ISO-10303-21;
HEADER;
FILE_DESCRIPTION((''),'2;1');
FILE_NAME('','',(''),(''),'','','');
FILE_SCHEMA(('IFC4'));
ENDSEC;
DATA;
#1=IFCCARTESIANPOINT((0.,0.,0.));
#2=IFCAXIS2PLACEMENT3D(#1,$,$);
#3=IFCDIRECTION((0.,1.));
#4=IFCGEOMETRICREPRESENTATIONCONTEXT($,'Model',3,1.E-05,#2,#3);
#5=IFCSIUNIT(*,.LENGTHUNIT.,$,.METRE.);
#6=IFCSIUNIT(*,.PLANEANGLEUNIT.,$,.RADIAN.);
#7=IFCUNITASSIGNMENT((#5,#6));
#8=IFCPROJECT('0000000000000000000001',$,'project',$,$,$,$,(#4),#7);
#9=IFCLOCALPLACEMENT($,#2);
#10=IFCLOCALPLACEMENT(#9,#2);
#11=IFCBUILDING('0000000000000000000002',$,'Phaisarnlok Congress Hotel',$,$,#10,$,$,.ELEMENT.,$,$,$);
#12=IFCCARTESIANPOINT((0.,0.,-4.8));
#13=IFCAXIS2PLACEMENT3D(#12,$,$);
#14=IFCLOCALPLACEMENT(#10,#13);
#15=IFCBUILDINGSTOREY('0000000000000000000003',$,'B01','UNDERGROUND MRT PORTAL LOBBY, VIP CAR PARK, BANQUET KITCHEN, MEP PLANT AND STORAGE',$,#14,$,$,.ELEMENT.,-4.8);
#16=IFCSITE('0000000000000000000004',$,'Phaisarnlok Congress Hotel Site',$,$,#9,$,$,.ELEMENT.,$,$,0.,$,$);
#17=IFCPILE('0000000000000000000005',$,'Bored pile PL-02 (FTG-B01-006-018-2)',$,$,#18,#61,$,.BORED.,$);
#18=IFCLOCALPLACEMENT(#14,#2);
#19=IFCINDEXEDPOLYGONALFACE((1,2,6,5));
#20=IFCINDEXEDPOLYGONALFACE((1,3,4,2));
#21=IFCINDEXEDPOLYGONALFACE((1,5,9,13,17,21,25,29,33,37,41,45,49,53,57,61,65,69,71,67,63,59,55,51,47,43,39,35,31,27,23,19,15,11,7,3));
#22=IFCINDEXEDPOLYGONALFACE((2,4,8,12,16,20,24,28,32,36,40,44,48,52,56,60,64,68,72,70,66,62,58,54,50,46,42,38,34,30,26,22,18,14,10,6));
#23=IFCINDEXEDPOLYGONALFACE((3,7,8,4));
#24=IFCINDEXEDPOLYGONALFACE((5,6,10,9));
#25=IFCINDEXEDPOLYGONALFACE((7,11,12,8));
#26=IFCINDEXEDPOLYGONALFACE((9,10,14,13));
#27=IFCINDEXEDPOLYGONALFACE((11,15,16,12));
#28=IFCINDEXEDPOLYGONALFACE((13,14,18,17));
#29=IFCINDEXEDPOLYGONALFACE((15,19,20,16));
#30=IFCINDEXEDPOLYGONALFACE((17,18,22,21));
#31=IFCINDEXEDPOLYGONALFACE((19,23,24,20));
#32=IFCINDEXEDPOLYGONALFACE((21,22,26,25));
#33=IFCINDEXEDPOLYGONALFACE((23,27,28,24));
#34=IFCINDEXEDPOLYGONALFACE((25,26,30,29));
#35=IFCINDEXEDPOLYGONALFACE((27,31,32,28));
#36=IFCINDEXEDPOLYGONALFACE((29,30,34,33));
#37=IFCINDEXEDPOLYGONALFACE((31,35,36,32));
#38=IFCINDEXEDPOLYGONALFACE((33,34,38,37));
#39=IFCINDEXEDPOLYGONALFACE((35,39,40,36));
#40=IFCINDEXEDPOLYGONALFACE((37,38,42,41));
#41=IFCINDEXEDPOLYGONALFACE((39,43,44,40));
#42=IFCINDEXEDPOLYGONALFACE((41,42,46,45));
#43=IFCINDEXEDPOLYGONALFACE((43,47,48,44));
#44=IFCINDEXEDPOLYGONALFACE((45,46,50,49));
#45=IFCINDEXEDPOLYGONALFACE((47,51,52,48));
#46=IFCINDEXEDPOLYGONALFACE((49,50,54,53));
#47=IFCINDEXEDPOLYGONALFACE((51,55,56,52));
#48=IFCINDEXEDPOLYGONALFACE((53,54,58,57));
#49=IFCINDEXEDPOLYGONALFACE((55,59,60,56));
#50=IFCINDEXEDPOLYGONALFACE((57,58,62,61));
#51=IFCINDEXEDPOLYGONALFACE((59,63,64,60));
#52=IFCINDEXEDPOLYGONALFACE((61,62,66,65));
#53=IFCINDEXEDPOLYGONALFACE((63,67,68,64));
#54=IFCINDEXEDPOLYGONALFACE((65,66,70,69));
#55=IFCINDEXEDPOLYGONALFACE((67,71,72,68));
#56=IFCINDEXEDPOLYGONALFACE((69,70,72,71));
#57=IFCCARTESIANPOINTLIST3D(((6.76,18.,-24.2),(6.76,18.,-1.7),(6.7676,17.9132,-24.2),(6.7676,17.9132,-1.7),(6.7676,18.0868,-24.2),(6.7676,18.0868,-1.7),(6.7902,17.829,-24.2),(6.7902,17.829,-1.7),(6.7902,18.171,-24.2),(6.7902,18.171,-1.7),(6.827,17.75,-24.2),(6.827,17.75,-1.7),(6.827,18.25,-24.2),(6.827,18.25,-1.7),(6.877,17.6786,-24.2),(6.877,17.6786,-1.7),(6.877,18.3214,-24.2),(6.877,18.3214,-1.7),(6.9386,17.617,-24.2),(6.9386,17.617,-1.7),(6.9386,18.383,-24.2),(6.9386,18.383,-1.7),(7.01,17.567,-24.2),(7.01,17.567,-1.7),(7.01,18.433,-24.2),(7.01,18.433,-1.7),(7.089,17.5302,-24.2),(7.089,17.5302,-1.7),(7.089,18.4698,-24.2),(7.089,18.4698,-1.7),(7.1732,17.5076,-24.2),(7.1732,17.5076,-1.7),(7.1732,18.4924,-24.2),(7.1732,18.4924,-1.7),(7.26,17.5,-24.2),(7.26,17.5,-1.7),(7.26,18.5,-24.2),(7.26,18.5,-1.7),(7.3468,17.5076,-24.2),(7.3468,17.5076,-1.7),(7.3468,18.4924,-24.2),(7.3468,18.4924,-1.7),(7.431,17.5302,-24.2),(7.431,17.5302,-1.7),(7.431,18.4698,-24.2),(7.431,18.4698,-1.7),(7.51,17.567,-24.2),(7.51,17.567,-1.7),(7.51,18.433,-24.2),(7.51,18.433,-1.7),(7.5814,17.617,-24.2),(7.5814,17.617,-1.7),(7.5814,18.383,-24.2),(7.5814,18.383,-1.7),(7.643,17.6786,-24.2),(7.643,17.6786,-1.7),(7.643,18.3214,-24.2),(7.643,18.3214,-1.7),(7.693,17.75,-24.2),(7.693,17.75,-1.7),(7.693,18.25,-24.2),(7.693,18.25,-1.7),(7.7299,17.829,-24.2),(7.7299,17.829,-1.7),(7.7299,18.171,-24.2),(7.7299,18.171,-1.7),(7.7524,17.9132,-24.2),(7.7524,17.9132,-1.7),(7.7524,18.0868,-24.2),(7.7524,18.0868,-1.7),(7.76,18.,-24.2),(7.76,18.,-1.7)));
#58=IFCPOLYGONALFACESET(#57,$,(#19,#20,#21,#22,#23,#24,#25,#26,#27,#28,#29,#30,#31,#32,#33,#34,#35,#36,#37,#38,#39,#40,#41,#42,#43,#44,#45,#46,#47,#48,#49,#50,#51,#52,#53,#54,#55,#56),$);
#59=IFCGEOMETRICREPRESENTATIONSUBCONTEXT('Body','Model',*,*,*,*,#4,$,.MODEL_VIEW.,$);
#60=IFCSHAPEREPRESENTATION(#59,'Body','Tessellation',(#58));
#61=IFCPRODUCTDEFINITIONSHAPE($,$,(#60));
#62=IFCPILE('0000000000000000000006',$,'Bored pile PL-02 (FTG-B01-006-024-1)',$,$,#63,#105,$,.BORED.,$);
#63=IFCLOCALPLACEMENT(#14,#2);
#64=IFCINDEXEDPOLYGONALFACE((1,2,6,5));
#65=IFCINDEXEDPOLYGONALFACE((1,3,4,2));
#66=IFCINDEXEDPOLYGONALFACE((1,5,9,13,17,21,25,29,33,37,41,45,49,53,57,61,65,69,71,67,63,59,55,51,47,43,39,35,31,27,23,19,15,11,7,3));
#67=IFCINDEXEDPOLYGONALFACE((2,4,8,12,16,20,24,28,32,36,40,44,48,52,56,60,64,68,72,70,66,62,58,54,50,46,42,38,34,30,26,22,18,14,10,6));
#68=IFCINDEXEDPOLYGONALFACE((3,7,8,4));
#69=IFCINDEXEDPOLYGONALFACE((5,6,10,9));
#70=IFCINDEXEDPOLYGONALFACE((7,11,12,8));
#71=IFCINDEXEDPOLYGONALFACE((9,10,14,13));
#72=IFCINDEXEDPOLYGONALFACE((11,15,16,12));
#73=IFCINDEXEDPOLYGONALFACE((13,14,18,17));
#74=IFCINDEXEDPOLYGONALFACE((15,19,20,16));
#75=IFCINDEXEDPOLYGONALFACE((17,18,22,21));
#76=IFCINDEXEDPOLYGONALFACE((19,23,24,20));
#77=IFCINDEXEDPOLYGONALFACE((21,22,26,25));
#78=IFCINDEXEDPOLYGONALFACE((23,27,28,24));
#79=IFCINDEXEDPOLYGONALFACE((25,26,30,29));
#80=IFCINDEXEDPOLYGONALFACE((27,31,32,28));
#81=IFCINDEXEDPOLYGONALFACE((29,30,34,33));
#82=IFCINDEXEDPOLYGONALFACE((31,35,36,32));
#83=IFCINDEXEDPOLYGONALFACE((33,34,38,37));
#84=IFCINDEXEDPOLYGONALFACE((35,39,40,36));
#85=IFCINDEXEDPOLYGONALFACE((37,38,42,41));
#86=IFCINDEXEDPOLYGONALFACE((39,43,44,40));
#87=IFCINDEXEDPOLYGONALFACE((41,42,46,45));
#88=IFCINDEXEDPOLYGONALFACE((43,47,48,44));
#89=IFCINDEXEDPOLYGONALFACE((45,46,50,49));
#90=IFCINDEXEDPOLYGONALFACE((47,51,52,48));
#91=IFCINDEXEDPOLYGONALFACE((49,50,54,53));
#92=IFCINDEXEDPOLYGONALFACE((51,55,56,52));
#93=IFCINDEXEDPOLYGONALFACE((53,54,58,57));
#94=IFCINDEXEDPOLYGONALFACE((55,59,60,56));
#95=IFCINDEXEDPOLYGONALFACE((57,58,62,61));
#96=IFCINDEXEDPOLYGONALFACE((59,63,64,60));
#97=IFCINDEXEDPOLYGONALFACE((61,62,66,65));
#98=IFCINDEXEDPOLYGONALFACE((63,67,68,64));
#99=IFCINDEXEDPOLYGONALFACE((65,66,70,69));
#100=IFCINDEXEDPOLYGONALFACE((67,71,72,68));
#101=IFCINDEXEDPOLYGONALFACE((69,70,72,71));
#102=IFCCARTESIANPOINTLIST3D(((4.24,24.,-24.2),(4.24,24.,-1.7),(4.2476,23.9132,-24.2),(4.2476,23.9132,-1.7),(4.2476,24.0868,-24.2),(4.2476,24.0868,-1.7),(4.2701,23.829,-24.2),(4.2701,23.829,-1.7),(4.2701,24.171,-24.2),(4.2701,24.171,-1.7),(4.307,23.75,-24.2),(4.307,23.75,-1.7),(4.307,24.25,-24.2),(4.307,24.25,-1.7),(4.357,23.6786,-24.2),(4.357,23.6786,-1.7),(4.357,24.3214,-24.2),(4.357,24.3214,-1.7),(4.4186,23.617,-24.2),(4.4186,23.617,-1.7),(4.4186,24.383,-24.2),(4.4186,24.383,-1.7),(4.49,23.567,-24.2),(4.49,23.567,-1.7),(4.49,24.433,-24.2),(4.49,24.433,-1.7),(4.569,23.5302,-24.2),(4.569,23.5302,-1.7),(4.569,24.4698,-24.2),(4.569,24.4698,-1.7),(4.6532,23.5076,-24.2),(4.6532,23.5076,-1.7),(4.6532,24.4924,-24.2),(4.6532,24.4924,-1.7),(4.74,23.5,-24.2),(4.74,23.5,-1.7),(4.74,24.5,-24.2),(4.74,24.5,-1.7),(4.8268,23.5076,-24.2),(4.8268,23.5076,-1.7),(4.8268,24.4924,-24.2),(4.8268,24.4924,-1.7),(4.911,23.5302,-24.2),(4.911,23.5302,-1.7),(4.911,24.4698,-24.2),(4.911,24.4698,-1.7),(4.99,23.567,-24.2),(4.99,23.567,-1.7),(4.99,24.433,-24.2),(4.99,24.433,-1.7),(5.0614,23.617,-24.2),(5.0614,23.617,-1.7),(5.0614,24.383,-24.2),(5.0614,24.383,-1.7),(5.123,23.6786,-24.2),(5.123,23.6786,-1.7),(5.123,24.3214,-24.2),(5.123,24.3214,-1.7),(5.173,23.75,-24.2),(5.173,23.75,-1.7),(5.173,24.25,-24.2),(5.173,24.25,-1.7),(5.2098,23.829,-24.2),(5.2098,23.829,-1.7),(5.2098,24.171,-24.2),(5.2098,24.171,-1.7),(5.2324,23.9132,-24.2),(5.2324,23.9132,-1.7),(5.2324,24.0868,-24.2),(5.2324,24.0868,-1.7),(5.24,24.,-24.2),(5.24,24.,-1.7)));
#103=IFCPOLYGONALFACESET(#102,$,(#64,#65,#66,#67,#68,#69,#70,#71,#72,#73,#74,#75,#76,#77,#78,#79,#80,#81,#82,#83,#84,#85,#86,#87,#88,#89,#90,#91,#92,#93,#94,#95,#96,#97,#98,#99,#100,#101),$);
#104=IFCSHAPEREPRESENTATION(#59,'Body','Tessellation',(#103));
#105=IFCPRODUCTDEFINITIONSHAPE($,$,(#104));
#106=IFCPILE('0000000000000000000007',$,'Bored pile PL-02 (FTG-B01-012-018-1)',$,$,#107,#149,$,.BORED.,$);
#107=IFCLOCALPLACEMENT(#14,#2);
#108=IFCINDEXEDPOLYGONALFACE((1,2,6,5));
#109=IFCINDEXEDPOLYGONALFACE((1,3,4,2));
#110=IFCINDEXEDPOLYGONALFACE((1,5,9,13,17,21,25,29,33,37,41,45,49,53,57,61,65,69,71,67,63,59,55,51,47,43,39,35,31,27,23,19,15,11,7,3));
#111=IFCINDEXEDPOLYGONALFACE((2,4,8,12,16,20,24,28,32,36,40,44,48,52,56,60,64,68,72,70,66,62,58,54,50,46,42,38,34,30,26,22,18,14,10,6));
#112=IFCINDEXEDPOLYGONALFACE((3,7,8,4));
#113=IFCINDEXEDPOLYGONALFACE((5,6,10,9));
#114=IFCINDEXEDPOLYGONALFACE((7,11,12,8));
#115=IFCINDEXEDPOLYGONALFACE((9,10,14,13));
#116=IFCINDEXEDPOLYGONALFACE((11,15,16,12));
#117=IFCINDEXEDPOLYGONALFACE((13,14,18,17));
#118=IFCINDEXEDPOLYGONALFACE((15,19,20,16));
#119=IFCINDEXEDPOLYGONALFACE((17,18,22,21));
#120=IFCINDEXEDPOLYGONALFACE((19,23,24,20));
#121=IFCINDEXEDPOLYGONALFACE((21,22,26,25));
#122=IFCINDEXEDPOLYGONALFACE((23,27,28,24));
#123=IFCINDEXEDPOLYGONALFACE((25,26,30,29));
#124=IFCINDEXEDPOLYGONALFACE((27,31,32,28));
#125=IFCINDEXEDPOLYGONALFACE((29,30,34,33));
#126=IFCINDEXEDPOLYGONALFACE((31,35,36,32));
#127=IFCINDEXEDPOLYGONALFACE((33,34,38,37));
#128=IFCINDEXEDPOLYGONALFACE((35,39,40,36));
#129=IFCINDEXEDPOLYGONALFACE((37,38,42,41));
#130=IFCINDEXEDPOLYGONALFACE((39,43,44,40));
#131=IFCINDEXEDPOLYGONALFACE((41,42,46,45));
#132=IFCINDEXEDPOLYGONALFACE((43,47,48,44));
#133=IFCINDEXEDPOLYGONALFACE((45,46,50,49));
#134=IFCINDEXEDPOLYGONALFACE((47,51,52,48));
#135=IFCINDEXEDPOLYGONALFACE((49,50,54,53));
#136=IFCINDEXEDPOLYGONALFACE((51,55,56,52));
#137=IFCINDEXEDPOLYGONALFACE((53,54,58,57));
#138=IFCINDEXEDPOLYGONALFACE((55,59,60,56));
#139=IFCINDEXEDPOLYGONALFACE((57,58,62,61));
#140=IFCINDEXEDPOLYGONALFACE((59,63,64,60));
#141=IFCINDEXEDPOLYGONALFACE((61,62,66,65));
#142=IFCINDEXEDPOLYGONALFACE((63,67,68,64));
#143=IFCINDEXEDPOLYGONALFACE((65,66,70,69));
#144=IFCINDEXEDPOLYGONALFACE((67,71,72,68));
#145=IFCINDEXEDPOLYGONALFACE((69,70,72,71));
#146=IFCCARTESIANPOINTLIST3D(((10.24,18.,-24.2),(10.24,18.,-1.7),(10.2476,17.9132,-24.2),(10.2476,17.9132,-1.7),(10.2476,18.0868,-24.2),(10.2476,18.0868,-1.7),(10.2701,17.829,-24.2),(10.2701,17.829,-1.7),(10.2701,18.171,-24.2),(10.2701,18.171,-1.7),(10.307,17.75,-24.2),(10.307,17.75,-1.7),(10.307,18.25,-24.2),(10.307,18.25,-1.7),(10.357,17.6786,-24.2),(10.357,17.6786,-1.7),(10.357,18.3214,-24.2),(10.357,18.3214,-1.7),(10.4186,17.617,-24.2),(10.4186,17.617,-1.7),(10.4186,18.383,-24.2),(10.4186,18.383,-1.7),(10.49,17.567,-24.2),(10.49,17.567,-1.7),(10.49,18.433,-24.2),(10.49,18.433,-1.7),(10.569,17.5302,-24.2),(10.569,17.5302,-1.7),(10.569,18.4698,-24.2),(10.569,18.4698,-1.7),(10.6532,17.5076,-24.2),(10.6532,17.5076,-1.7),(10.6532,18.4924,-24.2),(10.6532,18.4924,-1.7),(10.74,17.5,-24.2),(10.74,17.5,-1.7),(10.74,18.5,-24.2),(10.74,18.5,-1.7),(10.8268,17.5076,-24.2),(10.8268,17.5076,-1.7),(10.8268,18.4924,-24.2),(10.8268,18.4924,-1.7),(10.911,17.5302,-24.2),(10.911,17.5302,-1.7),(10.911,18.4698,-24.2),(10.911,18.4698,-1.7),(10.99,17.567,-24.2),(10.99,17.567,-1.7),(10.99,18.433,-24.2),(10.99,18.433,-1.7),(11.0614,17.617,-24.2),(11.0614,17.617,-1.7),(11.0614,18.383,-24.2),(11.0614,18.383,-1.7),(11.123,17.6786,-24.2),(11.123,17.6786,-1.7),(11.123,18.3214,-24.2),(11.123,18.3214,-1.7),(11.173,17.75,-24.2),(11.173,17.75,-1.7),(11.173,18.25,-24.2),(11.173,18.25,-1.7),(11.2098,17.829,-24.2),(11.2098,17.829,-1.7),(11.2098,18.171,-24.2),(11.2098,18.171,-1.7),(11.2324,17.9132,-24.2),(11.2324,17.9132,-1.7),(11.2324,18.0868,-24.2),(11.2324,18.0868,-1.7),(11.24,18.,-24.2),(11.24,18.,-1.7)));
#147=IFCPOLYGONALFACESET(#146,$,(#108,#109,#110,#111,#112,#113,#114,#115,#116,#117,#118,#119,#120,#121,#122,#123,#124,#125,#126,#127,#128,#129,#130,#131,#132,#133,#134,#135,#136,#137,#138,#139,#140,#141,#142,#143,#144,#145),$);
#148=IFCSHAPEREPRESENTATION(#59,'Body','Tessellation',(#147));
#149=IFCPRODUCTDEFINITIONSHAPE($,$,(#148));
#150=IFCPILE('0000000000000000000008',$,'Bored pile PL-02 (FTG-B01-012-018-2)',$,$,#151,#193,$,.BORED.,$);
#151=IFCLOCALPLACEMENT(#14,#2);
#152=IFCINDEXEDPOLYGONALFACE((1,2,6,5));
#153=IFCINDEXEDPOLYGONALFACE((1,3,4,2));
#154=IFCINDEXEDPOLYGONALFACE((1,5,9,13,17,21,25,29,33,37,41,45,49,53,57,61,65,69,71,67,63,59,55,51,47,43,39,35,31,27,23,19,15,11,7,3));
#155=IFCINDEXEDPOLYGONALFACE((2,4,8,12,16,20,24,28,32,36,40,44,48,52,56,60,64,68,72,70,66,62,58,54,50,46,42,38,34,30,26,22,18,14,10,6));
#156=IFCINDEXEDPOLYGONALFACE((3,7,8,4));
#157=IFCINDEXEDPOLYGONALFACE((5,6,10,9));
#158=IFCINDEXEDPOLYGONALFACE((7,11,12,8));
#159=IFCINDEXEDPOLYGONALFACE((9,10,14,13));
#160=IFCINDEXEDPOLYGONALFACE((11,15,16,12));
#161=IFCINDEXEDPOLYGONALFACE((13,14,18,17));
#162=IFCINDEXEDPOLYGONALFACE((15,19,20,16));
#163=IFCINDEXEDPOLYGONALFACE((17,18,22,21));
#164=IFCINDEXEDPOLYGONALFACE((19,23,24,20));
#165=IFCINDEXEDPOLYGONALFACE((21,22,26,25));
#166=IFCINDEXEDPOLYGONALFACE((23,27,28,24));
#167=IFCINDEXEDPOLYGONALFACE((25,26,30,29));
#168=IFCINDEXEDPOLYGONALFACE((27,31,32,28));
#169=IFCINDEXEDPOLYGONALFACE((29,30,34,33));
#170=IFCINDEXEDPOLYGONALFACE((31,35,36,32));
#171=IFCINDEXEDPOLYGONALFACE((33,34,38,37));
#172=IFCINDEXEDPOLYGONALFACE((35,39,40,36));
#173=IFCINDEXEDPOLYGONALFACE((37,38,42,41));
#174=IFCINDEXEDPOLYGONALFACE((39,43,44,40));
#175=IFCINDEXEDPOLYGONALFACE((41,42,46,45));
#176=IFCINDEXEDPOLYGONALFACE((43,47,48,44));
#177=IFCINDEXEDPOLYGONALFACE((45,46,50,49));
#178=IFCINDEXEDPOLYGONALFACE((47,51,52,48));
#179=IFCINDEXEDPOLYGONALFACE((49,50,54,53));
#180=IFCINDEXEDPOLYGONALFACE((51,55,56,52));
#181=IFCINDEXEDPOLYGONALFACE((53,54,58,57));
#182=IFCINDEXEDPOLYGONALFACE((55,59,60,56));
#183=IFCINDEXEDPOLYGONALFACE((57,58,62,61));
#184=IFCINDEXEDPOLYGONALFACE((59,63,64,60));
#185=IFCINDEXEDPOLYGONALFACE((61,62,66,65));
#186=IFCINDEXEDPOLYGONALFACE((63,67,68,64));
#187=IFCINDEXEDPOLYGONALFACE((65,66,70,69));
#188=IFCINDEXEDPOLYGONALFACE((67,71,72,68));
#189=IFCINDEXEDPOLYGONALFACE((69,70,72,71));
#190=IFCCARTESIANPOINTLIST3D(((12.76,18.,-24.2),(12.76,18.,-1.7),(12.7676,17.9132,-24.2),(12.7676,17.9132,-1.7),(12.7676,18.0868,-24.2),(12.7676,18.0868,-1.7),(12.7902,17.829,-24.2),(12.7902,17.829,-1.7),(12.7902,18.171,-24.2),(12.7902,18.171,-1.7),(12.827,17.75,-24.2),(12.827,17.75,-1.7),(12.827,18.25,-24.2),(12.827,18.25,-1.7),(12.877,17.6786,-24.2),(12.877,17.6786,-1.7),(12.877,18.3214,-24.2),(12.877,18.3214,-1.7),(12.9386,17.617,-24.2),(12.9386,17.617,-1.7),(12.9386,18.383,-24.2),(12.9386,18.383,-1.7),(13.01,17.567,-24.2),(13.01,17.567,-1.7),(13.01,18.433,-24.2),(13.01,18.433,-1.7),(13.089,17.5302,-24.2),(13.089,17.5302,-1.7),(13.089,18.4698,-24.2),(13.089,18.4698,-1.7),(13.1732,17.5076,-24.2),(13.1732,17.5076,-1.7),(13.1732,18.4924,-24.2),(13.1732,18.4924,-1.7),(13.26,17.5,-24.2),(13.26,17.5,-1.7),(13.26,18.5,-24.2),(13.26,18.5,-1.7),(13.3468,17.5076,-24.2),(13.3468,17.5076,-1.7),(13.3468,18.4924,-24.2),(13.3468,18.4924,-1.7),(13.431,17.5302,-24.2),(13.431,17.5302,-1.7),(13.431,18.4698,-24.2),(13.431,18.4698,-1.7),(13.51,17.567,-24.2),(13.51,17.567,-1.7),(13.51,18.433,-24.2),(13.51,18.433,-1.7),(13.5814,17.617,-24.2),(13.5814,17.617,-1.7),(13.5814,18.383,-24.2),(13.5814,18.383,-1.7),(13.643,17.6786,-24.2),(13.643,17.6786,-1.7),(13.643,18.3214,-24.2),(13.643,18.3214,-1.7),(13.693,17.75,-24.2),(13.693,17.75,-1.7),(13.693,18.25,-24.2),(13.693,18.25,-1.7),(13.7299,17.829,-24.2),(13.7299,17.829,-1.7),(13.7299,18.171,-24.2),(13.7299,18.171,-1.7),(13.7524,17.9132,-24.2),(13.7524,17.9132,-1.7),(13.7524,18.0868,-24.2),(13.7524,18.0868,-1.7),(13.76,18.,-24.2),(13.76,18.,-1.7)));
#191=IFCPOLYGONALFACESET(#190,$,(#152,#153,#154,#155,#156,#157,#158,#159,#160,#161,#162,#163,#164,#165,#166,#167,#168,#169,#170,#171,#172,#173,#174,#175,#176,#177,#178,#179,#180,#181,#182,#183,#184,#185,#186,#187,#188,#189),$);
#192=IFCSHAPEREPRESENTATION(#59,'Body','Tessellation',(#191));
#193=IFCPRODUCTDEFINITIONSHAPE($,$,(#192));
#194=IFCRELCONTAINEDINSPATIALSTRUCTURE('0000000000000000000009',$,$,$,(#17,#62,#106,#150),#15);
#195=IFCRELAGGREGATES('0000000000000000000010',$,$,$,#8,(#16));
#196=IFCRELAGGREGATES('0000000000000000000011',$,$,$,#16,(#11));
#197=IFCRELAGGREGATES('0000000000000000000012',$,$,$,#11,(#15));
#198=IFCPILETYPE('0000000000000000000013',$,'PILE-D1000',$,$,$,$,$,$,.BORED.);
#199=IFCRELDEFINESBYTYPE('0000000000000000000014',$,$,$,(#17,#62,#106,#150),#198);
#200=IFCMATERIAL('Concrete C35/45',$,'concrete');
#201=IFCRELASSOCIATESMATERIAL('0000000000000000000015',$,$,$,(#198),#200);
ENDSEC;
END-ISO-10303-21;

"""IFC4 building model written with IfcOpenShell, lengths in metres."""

from ifc_helpers import new_model, si_unit, direction, frame, origin, origin_2d, place, context, subcontext, project, spatial, circle, extrude, material, material_profile, profile_set, type_object, element, save


model = new_model("IFC4")

# Units and contexts
model_context = context("Model", 3, precision=1e-05, world=origin(), true_north=direction((0.0, 1.0)))
body_context = subcontext(model_context, "Body", "Model", "MODEL_VIEW")
ifc_project = project(units=[si_unit("LENGTHUNIT", "METRE"), si_unit("PLANEANGLEUNIT", "RADIAN")], contexts=[model_context])

# Site, building, storey
site_placement = place(None, origin())
site = spatial("IfcSite", under=ifc_project, at=site_placement, Name="Phaisarnlok Congress Hotel Site", CompositionType="ELEMENT", RefElevation=0.0)
building_placement = place(site_placement, origin())
building = spatial("IfcBuilding", under=site, at=building_placement, Name="Phaisarnlok Congress Hotel", CompositionType="ELEMENT")
storey_placement = place(building_placement, frame((0.0, 0.0, -4.8)))
storey = spatial("IfcBuildingStorey", under=building, at=storey_placement, Name="B01", Description="UNDERGROUND MRT PORTAL LOBBY, VIP CAR PARK, BANQUET KITCHEN, MEP PLANT AND STORAGE", CompositionType="ELEMENT", Elevation=-4.8)

# Piles
ifc_material_1 = material(Name="Concrete C35/45", Category="concrete")
ifc_material_profile_1 = material_profile(ifc_material_1, circle(Radius=0.5, at=origin_2d()), Name="BORED PILE D1000")
ifc_profile_set_1 = profile_set([ifc_material_profile_1], Name="Concrete C35/45")
pile_type = type_object("IfcPileType", Name="PILE-D1000", PredefinedType="BORED", material=ifc_profile_set_1)
for number, where, z_axis, x_axis, name in (
    (1, (7.26, 18.0, -1.7), (0.0, 0.0, -1.0), (1.0, 0.0, 0.0), "Bored pile PL-02 (FTG-B01-006-018-2)"),
    (2, (4.74, 24.0, -1.7), (0.0, 0.0, -1.0), (1.0, 0.0, 0.0), "Bored pile PL-02 (FTG-B01-006-024-1)"),
    (3, (10.74, 18.0, -1.7), (0.0, 0.0, -1.0), (1.0, 0.0, 0.0), "Bored pile PL-02 (FTG-B01-012-018-1)"),
    (4, (13.26, 18.0, -1.7), (0.0, 0.0, -1.0), (1.0, 0.0, 0.0), "Bored pile PL-02 (FTG-B01-012-018-2)"),
):
    element("IfcPile", number, at=place(storey_placement, frame(where, z_axis=z_axis, x_axis=x_axis)), inside=storey, type_object=pile_type, Name=name, PredefinedType="BORED", context=body_context, shape_type="SweptSolid", body=[
        extrude(circle(Radius=0.5, at=origin_2d()), origin(), (0.0, 0.0, 1.0), 22.5),
    ])

save(model, "model.ifc")
